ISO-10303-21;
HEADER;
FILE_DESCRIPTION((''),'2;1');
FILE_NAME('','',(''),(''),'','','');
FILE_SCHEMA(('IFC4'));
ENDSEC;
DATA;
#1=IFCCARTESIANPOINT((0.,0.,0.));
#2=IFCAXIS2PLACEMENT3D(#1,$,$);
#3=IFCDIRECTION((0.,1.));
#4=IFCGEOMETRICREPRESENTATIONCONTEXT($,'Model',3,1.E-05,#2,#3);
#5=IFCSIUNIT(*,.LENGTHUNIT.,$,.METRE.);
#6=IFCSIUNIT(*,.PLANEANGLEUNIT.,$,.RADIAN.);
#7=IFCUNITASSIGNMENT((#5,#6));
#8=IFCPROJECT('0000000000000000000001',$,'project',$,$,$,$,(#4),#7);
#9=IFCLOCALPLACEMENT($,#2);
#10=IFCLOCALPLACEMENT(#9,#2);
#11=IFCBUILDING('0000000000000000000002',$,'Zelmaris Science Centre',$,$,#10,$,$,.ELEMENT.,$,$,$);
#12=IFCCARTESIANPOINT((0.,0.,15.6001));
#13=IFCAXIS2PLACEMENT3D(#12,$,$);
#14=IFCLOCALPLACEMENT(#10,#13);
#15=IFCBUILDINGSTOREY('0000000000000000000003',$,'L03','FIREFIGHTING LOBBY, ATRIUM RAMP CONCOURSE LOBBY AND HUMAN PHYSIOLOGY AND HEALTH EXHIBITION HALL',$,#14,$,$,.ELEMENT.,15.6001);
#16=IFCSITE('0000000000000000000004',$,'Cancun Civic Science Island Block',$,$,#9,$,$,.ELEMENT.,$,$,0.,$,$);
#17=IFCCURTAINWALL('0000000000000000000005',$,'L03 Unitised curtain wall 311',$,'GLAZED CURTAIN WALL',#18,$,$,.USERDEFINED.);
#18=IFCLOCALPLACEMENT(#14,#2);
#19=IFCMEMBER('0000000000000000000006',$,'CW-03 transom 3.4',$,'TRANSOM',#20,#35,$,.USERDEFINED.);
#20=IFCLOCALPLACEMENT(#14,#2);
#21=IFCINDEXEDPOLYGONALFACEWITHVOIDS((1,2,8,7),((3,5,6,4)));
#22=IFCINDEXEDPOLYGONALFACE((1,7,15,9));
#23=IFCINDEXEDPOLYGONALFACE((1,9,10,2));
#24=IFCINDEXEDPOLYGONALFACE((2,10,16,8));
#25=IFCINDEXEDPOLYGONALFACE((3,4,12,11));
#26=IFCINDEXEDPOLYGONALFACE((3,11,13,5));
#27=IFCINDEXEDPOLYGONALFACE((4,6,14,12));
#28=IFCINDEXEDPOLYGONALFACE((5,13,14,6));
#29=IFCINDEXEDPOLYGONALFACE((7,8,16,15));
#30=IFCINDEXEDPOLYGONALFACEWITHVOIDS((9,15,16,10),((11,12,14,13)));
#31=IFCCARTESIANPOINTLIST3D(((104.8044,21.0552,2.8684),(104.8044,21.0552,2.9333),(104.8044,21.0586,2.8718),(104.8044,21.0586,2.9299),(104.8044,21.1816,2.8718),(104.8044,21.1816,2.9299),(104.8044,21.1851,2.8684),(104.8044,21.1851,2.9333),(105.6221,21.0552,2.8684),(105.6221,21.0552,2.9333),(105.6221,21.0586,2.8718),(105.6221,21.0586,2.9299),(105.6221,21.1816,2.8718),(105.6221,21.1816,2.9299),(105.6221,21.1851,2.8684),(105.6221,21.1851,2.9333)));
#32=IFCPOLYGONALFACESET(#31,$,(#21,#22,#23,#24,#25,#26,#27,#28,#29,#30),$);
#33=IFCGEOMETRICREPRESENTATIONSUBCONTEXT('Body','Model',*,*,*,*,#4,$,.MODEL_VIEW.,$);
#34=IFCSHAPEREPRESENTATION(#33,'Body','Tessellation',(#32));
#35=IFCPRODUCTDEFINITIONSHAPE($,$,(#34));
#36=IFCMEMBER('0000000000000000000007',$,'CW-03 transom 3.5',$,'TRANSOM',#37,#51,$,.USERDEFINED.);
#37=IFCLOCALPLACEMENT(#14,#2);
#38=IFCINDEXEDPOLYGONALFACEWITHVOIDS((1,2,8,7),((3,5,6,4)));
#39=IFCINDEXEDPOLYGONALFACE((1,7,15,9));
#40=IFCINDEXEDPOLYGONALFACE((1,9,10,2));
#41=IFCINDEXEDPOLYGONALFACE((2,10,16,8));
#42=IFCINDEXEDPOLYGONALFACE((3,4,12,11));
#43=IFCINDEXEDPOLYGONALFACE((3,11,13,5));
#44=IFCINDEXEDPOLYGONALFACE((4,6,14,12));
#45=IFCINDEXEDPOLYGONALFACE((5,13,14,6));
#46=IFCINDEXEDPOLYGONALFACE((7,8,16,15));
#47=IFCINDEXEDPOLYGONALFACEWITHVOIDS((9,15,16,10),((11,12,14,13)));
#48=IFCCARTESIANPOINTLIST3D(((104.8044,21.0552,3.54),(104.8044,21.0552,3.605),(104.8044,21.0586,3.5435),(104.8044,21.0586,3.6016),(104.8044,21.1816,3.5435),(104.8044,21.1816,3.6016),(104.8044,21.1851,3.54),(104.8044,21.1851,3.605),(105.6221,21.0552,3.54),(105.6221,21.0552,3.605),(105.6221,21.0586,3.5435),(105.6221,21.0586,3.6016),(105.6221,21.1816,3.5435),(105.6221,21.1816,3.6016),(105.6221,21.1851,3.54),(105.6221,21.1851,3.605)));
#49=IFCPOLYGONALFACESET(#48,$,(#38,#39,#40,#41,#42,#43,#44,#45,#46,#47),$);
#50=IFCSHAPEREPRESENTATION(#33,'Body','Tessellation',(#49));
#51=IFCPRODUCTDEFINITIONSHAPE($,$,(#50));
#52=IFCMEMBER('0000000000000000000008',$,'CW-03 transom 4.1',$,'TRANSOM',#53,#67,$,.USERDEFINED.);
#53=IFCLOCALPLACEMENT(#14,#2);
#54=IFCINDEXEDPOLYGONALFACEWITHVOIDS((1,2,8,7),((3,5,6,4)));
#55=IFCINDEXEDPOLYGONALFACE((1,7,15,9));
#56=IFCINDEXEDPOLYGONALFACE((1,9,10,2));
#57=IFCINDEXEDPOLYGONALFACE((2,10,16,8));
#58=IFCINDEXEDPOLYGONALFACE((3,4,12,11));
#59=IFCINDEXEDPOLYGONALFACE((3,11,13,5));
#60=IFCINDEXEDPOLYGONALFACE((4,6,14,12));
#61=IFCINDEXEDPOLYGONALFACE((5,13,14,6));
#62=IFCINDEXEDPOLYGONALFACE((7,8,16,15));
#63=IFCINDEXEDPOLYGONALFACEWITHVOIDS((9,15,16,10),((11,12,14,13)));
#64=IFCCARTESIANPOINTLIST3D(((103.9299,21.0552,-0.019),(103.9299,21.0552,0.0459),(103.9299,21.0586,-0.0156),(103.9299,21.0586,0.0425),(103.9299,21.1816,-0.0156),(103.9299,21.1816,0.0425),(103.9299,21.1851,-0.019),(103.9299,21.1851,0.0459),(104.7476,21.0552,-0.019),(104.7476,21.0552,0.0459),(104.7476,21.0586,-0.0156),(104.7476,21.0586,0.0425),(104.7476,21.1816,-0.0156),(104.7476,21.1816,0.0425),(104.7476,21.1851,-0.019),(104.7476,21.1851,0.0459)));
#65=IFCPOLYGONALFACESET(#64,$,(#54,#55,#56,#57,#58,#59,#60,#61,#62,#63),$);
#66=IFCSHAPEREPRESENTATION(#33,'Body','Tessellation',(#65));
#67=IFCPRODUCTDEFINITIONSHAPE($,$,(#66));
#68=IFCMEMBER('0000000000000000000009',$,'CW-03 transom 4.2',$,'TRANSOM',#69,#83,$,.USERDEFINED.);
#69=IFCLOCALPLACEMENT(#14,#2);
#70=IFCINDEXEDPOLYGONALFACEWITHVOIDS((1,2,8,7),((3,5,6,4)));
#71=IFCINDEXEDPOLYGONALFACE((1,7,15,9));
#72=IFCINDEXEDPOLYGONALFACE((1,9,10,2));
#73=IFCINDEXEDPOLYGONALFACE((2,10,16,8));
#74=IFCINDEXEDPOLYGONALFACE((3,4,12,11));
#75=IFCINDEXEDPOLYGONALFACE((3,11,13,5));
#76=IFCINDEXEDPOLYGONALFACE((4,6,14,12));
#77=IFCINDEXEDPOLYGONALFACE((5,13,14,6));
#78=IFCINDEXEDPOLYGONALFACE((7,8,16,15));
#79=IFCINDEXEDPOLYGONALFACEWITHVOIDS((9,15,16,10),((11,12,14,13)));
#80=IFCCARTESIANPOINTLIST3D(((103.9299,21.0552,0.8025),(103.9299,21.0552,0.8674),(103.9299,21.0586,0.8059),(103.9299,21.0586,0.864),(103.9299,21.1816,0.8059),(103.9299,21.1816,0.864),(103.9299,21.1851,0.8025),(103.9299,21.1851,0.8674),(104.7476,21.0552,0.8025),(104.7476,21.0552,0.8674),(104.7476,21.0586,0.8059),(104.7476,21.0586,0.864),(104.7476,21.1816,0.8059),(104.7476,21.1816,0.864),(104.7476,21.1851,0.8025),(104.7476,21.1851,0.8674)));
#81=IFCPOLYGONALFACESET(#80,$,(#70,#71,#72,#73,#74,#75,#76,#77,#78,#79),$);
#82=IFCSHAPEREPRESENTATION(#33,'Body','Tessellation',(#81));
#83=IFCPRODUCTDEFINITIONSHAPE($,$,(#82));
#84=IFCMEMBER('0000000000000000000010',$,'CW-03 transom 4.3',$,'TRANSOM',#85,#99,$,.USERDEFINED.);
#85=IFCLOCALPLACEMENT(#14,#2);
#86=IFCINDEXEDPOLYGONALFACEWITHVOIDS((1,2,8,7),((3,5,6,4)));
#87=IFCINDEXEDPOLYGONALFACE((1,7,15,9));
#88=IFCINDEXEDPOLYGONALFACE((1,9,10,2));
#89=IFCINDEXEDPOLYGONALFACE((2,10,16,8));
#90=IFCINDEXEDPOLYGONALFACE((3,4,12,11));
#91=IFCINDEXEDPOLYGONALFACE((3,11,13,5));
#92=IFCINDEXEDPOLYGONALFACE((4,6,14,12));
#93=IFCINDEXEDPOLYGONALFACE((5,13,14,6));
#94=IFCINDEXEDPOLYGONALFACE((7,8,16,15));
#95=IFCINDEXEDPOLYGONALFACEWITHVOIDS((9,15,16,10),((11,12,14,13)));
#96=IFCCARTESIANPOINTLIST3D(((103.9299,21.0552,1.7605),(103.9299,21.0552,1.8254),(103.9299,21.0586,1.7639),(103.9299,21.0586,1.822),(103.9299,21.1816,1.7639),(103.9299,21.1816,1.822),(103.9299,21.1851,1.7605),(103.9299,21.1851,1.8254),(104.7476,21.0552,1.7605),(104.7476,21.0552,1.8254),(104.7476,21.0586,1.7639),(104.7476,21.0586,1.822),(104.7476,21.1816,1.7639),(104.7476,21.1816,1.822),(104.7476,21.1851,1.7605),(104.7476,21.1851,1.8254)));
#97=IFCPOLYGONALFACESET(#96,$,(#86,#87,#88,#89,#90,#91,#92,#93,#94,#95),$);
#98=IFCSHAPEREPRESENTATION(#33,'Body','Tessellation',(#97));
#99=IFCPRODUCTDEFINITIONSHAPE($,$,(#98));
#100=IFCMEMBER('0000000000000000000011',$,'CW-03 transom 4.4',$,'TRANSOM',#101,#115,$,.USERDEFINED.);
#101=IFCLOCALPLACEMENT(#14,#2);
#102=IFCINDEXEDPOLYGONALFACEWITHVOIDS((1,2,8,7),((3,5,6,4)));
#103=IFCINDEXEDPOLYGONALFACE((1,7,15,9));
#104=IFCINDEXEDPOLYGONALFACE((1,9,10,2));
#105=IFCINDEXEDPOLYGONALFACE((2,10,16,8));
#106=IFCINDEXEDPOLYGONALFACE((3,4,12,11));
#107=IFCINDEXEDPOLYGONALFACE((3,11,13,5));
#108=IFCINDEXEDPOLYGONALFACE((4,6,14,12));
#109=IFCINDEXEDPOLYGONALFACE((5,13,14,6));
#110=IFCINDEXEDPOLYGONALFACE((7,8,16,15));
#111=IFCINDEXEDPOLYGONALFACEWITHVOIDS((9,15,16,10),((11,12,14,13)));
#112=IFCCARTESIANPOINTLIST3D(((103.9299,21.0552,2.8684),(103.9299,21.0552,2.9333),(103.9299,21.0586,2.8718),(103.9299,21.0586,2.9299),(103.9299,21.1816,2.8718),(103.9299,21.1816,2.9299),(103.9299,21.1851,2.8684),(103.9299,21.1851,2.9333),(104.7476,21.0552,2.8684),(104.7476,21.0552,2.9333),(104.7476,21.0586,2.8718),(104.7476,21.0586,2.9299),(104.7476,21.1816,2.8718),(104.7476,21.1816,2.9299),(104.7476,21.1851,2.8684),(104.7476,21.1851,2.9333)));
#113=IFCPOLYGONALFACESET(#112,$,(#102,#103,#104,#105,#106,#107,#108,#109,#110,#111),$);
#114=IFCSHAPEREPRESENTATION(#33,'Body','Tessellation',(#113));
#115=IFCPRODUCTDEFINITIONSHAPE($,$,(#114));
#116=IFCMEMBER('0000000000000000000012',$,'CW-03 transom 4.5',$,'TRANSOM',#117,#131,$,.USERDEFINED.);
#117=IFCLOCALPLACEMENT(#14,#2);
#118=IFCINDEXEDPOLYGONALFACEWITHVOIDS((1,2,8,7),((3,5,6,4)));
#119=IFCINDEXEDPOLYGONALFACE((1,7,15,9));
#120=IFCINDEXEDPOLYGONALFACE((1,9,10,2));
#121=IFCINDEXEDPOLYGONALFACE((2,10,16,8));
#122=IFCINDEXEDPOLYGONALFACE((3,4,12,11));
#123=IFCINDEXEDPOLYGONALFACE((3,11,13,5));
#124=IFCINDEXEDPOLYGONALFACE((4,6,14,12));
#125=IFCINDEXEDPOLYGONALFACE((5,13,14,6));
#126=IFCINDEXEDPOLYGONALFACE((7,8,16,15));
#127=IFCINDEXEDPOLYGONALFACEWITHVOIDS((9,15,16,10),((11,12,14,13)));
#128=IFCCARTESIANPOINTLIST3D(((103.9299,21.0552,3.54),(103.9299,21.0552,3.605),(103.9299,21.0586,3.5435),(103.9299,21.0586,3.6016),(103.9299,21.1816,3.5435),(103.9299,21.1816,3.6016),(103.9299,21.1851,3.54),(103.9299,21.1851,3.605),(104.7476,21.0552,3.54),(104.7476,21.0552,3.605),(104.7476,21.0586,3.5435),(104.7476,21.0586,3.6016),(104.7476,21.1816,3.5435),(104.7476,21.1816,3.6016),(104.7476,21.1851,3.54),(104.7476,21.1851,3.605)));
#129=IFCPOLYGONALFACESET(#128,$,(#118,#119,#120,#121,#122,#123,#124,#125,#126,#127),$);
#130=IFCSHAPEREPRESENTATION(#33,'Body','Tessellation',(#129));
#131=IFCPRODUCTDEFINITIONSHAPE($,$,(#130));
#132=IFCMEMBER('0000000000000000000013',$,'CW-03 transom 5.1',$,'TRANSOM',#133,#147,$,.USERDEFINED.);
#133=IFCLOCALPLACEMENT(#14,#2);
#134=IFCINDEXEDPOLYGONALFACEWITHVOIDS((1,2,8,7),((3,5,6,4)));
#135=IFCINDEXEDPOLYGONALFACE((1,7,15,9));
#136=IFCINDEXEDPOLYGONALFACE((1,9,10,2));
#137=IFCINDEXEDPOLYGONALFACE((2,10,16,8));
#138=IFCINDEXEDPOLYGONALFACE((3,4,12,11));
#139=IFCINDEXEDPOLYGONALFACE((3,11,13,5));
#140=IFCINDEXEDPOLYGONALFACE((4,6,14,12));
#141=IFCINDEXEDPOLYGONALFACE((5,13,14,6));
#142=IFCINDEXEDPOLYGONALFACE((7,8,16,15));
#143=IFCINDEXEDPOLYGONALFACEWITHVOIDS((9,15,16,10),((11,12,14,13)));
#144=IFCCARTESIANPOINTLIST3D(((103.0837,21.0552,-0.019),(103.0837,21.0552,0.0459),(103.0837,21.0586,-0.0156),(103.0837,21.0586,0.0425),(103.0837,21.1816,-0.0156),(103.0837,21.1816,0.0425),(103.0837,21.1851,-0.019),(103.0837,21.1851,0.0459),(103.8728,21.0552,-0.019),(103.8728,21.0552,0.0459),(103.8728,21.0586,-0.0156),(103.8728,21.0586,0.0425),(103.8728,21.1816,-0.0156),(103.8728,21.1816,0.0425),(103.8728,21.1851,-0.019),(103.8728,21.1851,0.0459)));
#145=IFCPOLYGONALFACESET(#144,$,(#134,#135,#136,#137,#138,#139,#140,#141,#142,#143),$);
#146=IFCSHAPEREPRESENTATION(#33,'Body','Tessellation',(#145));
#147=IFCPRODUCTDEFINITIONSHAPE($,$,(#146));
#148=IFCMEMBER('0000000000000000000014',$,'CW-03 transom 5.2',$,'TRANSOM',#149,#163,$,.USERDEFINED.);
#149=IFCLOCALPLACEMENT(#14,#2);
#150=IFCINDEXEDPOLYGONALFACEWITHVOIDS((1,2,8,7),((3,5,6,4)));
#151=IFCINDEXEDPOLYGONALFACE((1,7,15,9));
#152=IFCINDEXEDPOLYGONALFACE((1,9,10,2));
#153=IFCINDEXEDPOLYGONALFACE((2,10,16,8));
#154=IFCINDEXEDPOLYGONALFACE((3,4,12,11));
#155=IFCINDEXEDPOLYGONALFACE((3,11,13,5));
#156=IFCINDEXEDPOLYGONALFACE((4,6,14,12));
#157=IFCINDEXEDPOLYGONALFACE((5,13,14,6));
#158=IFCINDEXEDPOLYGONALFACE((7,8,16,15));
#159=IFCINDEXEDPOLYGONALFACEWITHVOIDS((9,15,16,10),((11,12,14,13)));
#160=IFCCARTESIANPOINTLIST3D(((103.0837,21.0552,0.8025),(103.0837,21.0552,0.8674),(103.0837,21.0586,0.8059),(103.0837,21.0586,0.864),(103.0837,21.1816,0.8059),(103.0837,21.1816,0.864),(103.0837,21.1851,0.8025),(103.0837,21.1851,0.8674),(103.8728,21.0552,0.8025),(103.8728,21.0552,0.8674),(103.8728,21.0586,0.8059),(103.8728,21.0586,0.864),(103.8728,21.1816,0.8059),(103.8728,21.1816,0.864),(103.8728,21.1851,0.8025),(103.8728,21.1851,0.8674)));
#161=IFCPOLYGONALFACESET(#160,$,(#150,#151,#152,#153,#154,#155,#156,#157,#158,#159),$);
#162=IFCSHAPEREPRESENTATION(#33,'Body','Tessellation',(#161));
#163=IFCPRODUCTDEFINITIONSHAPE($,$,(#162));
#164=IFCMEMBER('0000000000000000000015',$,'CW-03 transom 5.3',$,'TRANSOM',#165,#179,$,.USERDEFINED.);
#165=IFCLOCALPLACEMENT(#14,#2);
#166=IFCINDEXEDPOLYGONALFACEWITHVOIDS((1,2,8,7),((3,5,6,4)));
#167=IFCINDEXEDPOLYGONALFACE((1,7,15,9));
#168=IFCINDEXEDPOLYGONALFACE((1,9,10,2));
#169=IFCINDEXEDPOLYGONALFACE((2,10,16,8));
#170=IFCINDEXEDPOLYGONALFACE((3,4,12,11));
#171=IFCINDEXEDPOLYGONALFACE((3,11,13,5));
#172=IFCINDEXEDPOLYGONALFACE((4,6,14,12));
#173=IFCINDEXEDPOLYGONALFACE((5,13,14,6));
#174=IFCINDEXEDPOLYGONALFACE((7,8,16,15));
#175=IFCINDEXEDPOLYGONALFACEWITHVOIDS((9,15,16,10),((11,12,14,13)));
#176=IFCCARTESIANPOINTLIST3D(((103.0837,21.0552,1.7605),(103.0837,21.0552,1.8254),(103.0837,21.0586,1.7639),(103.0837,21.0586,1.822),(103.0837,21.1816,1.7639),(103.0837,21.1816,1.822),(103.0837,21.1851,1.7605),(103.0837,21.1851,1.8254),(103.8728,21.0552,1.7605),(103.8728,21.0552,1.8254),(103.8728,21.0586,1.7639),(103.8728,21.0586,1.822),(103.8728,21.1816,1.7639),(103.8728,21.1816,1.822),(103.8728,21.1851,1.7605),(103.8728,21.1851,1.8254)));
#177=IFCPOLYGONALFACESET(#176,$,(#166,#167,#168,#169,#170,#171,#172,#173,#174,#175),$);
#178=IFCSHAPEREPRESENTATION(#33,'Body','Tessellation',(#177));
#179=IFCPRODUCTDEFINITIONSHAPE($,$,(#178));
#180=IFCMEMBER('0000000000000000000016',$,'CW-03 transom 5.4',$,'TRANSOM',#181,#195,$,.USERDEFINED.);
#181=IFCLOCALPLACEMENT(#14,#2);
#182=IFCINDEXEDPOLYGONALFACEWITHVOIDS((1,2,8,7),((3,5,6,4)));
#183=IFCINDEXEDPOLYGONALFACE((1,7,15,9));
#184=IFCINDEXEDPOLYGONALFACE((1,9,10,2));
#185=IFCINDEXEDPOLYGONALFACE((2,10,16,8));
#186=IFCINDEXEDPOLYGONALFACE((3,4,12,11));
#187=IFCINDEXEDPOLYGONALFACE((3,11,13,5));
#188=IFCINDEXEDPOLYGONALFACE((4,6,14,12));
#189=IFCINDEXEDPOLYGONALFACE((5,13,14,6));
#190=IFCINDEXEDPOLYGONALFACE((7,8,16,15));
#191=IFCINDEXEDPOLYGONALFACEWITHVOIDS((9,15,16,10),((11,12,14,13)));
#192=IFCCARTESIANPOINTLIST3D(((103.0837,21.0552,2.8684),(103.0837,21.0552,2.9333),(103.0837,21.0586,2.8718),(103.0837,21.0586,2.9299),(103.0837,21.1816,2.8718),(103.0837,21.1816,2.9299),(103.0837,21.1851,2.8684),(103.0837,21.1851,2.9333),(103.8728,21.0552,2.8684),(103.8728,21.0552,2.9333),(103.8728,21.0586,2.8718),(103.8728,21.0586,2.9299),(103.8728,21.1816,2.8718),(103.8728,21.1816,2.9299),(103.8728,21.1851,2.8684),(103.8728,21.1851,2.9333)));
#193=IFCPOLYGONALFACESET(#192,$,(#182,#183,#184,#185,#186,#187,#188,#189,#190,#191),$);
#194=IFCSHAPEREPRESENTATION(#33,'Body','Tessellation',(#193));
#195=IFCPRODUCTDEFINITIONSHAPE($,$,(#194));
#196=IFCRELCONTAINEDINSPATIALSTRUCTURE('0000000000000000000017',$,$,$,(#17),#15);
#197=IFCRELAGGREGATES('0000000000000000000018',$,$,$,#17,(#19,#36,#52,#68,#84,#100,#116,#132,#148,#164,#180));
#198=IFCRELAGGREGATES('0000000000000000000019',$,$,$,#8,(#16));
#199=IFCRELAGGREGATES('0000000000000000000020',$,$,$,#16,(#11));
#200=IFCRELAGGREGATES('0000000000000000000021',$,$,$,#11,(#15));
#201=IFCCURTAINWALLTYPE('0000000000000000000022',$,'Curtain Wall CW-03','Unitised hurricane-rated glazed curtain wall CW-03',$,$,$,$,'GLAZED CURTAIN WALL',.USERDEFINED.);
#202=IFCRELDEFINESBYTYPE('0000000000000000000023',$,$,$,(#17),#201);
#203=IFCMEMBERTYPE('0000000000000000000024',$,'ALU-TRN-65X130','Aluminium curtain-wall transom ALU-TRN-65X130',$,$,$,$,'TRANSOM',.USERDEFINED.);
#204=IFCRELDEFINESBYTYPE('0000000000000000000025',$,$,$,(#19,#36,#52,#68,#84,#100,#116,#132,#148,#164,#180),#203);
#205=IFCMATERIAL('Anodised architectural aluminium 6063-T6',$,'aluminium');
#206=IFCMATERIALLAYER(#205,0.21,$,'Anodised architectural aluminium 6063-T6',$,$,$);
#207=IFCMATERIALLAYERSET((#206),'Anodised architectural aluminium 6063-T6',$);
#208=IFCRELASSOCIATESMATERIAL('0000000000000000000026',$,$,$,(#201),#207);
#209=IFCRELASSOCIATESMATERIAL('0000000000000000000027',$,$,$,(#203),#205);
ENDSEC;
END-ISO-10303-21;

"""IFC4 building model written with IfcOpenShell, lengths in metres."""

from ifc_helpers import new_model, si_unit, direction, frame, origin, origin_2d, place, context, subcontext, project, spatial, hollow_rectangle, extrude, material, layer, layer_set, material_profile, profile_set, type_object, element, aggregate, save


model = new_model("IFC4")

# Units and contexts
model_context = context("Model", 3, precision=1e-05, world=origin(), true_north=direction((0.0, 1.0)))
body_context = subcontext(model_context, "Body", "Model", "MODEL_VIEW")
ifc_project = project(units=[si_unit("LENGTHUNIT", "METRE"), si_unit("PLANEANGLEUNIT", "RADIAN")], contexts=[model_context])

# Site, building, storey
site_placement = place(None, origin())
site = spatial("IfcSite", under=ifc_project, at=site_placement, Name="Cancun Civic Science Island Block", CompositionType="ELEMENT", RefElevation=0.0)
building_placement = place(site_placement, origin())
building = spatial("IfcBuilding", under=site, at=building_placement, Name="Zelmaris Science Centre", CompositionType="ELEMENT")
storey_placement = place(building_placement, frame((0.0, 0.0, 15.6001)))
storey = spatial("IfcBuildingStorey", under=building, at=storey_placement, Name="L03", Description="FIREFIGHTING LOBBY, ATRIUM RAMP CONCOURSE LOBBY AND HUMAN PHYSIOLOGY AND HEALTH EXHIBITION HALL", CompositionType="ELEMENT", Elevation=15.6001)

# Curtain wall
ifc_material_1 = material(Name="Anodised architectural aluminium 6063-T6", Category="aluminium")
ifc_layer_1 = layer(ifc_material_1, 0.21, Name="Anodised architectural aluminium 6063-T6")
ifc_layer_set_1 = layer_set([ifc_layer_1], Name="Anodised architectural aluminium 6063-T6")
curtain_wall_type_1 = type_object("IfcCurtainWallType", Name="Curtain Wall CW-03", Description="Unitised hurricane-rated glazed curtain wall CW-03", ElementType="GLAZED CURTAIN WALL", PredefinedType="USERDEFINED", material=ifc_layer_set_1)
curtain_wall_1_placement = place(storey_placement, origin())
curtain_wall_1 = element("IfcCurtainWall", 1, at=curtain_wall_1_placement, inside=storey, type_object=curtain_wall_type_1, Name="L03 Unitised curtain wall 311", ObjectType="GLAZED CURTAIN WALL", PredefinedType="USERDEFINED")

# Members
ifc_material_profile_1 = material_profile(ifc_material_1, hollow_rectangle(XDim=0.0649, YDim=0.1299, WallThickness=0.0034, at=origin_2d()), Name="ALU-TRN-65X130")
ifc_profile_set_1 = profile_set([ifc_material_profile_1], Name="Anodised architectural aluminium 6063-T6")
member_type_1 = type_object("IfcMemberType", Name="ALU-TRN-65X130", Description="Aluminium curtain-wall transom ALU-TRN-65X130", ElementType="TRANSOM", PredefinedType="USERDEFINED", material=ifc_profile_set_1)
member_1_placement = place(storey_placement, frame((105.6221, 21.1201, 2.9009), z_axis=(-1.0, 0.0, 0.0), x_axis=(0.0, 0.0, 1.0)))
member_1 = element("IfcMember", 2, at=member_1_placement, type_object=member_type_1, Name="CW-03 transom 3.4", ObjectType="TRANSOM", PredefinedType="USERDEFINED", context=body_context, shape_type="SweptSolid", body=[
    extrude(hollow_rectangle(XDim=0.0649, YDim=0.1299, WallThickness=0.0034, at=origin_2d()), origin(), (0.0, 0.0, 1.0), 0.8176),
])
member_2_placement = place(storey_placement, frame((105.6221, 21.1201, 3.5725), z_axis=(-1.0, 0.0, 0.0), x_axis=(0.0, 0.0, 1.0)))
member_2 = element("IfcMember", 3, at=member_2_placement, type_object=member_type_1, Name="CW-03 transom 3.5", ObjectType="TRANSOM", PredefinedType="USERDEFINED", context=body_context, shape_type="SweptSolid", body=[
    extrude(hollow_rectangle(XDim=0.0649, YDim=0.1299, WallThickness=0.0034, at=origin_2d()), origin(), (0.0, 0.0, 1.0), 0.8176),
])
member_3_placement = place(storey_placement, frame((104.7476, 21.1201, 0.0134), z_axis=(-1.0, 0.0, 0.0), x_axis=(0.0, 0.0, 1.0)))
member_3 = element("IfcMember", 4, at=member_3_placement, type_object=member_type_1, Name="CW-03 transom 4.1", ObjectType="TRANSOM", PredefinedType="USERDEFINED", context=body_context, shape_type="SweptSolid", body=[
    extrude(hollow_rectangle(XDim=0.0649, YDim=0.1299, WallThickness=0.0034, at=origin_2d()), origin(), (0.0, 0.0, 1.0), 0.8176),
])
member_4_placement = place(storey_placement, frame((104.7476, 21.1201, 0.835), z_axis=(-1.0, 0.0, 0.0), x_axis=(0.0, 0.0, 1.0)))
member_4 = element("IfcMember", 5, at=member_4_placement, type_object=member_type_1, Name="CW-03 transom 4.2", ObjectType="TRANSOM", PredefinedType="USERDEFINED", context=body_context, shape_type="SweptSolid", body=[
    extrude(hollow_rectangle(XDim=0.0649, YDim=0.1299, WallThickness=0.0034, at=origin_2d()), origin(), (0.0, 0.0, 1.0), 0.8176),
])
member_5_placement = place(storey_placement, frame((104.7476, 21.1201, 1.793), z_axis=(-1.0, 0.0, 0.0), x_axis=(0.0, 0.0, 1.0)))
member_5 = element("IfcMember", 6, at=member_5_placement, type_object=member_type_1, Name="CW-03 transom 4.3", ObjectType="TRANSOM", PredefinedType="USERDEFINED", context=body_context, shape_type="SweptSolid", body=[
    extrude(hollow_rectangle(XDim=0.0649, YDim=0.1299, WallThickness=0.0034, at=origin_2d()), origin(), (0.0, 0.0, 1.0), 0.8176),
])
member_6_placement = place(storey_placement, frame((104.7476, 21.1201, 2.9009), z_axis=(-1.0, 0.0, 0.0), x_axis=(0.0, 0.0, 1.0)))
member_6 = element("IfcMember", 7, at=member_6_placement, type_object=member_type_1, Name="CW-03 transom 4.4", ObjectType="TRANSOM", PredefinedType="USERDEFINED", context=body_context, shape_type="SweptSolid", body=[
    extrude(hollow_rectangle(XDim=0.0649, YDim=0.1299, WallThickness=0.0034, at=origin_2d()), origin(), (0.0, 0.0, 1.0), 0.8176),
])
member_7_placement = place(storey_placement, frame((104.7476, 21.1201, 3.5725), z_axis=(-1.0, 0.0, 0.0), x_axis=(0.0, 0.0, 1.0)))
member_7 = element("IfcMember", 8, at=member_7_placement, type_object=member_type_1, Name="CW-03 transom 4.5", ObjectType="TRANSOM", PredefinedType="USERDEFINED", context=body_context, shape_type="SweptSolid", body=[
    extrude(hollow_rectangle(XDim=0.0649, YDim=0.1299, WallThickness=0.0034, at=origin_2d()), origin(), (0.0, 0.0, 1.0), 0.8176),
])
member_8_placement = place(storey_placement, frame((103.8728, 21.1201, 0.0134), z_axis=(-1.0, 0.0, 0.0), x_axis=(0.0, 0.0, 1.0)))
member_8 = element("IfcMember", 9, at=member_8_placement, type_object=member_type_1, Name="CW-03 transom 5.1", ObjectType="TRANSOM", PredefinedType="USERDEFINED", context=body_context, shape_type="SweptSolid", body=[
    extrude(hollow_rectangle(XDim=0.0649, YDim=0.1299, WallThickness=0.0034, at=origin_2d()), origin(), (0.0, 0.0, 1.0), 0.7891),
])
member_9_placement = place(storey_placement, frame((103.8728, 21.1201, 0.835), z_axis=(-1.0, 0.0, 0.0), x_axis=(0.0, 0.0, 1.0)))
member_9 = element("IfcMember", 10, at=member_9_placement, type_object=member_type_1, Name="CW-03 transom 5.2", ObjectType="TRANSOM", PredefinedType="USERDEFINED", context=body_context, shape_type="SweptSolid", body=[
    extrude(hollow_rectangle(XDim=0.0649, YDim=0.1299, WallThickness=0.0034, at=origin_2d()), origin(), (0.0, 0.0, 1.0), 0.7891),
])
member_10_placement = place(storey_placement, frame((103.8728, 21.1201, 1.793), z_axis=(-1.0, 0.0, 0.0), x_axis=(0.0, 0.0, 1.0)))
member_10 = element("IfcMember", 11, at=member_10_placement, type_object=member_type_1, Name="CW-03 transom 5.3", ObjectType="TRANSOM", PredefinedType="USERDEFINED", context=body_context, shape_type="SweptSolid", body=[
    extrude(hollow_rectangle(XDim=0.0649, YDim=0.1299, WallThickness=0.0034, at=origin_2d()), origin(), (0.0, 0.0, 1.0), 0.7891),
])
member_11_placement = place(storey_placement, frame((103.8728, 21.1201, 2.9009), z_axis=(-1.0, 0.0, 0.0), x_axis=(0.0, 0.0, 1.0)))
member_11 = element("IfcMember", 12, at=member_11_placement, type_object=member_type_1, Name="CW-03 transom 5.4", ObjectType="TRANSOM", PredefinedType="USERDEFINED", context=body_context, shape_type="SweptSolid", body=[
    extrude(hollow_rectangle(XDim=0.0649, YDim=0.1299, WallThickness=0.0034, at=origin_2d()), origin(), (0.0, 0.0, 1.0), 0.7891),
])

aggregate(curtain_wall_1, [member_1, member_2, member_3, member_4, member_5, member_6, member_7, member_8, member_9, member_10, member_11])

save(model, "model.ifc")
